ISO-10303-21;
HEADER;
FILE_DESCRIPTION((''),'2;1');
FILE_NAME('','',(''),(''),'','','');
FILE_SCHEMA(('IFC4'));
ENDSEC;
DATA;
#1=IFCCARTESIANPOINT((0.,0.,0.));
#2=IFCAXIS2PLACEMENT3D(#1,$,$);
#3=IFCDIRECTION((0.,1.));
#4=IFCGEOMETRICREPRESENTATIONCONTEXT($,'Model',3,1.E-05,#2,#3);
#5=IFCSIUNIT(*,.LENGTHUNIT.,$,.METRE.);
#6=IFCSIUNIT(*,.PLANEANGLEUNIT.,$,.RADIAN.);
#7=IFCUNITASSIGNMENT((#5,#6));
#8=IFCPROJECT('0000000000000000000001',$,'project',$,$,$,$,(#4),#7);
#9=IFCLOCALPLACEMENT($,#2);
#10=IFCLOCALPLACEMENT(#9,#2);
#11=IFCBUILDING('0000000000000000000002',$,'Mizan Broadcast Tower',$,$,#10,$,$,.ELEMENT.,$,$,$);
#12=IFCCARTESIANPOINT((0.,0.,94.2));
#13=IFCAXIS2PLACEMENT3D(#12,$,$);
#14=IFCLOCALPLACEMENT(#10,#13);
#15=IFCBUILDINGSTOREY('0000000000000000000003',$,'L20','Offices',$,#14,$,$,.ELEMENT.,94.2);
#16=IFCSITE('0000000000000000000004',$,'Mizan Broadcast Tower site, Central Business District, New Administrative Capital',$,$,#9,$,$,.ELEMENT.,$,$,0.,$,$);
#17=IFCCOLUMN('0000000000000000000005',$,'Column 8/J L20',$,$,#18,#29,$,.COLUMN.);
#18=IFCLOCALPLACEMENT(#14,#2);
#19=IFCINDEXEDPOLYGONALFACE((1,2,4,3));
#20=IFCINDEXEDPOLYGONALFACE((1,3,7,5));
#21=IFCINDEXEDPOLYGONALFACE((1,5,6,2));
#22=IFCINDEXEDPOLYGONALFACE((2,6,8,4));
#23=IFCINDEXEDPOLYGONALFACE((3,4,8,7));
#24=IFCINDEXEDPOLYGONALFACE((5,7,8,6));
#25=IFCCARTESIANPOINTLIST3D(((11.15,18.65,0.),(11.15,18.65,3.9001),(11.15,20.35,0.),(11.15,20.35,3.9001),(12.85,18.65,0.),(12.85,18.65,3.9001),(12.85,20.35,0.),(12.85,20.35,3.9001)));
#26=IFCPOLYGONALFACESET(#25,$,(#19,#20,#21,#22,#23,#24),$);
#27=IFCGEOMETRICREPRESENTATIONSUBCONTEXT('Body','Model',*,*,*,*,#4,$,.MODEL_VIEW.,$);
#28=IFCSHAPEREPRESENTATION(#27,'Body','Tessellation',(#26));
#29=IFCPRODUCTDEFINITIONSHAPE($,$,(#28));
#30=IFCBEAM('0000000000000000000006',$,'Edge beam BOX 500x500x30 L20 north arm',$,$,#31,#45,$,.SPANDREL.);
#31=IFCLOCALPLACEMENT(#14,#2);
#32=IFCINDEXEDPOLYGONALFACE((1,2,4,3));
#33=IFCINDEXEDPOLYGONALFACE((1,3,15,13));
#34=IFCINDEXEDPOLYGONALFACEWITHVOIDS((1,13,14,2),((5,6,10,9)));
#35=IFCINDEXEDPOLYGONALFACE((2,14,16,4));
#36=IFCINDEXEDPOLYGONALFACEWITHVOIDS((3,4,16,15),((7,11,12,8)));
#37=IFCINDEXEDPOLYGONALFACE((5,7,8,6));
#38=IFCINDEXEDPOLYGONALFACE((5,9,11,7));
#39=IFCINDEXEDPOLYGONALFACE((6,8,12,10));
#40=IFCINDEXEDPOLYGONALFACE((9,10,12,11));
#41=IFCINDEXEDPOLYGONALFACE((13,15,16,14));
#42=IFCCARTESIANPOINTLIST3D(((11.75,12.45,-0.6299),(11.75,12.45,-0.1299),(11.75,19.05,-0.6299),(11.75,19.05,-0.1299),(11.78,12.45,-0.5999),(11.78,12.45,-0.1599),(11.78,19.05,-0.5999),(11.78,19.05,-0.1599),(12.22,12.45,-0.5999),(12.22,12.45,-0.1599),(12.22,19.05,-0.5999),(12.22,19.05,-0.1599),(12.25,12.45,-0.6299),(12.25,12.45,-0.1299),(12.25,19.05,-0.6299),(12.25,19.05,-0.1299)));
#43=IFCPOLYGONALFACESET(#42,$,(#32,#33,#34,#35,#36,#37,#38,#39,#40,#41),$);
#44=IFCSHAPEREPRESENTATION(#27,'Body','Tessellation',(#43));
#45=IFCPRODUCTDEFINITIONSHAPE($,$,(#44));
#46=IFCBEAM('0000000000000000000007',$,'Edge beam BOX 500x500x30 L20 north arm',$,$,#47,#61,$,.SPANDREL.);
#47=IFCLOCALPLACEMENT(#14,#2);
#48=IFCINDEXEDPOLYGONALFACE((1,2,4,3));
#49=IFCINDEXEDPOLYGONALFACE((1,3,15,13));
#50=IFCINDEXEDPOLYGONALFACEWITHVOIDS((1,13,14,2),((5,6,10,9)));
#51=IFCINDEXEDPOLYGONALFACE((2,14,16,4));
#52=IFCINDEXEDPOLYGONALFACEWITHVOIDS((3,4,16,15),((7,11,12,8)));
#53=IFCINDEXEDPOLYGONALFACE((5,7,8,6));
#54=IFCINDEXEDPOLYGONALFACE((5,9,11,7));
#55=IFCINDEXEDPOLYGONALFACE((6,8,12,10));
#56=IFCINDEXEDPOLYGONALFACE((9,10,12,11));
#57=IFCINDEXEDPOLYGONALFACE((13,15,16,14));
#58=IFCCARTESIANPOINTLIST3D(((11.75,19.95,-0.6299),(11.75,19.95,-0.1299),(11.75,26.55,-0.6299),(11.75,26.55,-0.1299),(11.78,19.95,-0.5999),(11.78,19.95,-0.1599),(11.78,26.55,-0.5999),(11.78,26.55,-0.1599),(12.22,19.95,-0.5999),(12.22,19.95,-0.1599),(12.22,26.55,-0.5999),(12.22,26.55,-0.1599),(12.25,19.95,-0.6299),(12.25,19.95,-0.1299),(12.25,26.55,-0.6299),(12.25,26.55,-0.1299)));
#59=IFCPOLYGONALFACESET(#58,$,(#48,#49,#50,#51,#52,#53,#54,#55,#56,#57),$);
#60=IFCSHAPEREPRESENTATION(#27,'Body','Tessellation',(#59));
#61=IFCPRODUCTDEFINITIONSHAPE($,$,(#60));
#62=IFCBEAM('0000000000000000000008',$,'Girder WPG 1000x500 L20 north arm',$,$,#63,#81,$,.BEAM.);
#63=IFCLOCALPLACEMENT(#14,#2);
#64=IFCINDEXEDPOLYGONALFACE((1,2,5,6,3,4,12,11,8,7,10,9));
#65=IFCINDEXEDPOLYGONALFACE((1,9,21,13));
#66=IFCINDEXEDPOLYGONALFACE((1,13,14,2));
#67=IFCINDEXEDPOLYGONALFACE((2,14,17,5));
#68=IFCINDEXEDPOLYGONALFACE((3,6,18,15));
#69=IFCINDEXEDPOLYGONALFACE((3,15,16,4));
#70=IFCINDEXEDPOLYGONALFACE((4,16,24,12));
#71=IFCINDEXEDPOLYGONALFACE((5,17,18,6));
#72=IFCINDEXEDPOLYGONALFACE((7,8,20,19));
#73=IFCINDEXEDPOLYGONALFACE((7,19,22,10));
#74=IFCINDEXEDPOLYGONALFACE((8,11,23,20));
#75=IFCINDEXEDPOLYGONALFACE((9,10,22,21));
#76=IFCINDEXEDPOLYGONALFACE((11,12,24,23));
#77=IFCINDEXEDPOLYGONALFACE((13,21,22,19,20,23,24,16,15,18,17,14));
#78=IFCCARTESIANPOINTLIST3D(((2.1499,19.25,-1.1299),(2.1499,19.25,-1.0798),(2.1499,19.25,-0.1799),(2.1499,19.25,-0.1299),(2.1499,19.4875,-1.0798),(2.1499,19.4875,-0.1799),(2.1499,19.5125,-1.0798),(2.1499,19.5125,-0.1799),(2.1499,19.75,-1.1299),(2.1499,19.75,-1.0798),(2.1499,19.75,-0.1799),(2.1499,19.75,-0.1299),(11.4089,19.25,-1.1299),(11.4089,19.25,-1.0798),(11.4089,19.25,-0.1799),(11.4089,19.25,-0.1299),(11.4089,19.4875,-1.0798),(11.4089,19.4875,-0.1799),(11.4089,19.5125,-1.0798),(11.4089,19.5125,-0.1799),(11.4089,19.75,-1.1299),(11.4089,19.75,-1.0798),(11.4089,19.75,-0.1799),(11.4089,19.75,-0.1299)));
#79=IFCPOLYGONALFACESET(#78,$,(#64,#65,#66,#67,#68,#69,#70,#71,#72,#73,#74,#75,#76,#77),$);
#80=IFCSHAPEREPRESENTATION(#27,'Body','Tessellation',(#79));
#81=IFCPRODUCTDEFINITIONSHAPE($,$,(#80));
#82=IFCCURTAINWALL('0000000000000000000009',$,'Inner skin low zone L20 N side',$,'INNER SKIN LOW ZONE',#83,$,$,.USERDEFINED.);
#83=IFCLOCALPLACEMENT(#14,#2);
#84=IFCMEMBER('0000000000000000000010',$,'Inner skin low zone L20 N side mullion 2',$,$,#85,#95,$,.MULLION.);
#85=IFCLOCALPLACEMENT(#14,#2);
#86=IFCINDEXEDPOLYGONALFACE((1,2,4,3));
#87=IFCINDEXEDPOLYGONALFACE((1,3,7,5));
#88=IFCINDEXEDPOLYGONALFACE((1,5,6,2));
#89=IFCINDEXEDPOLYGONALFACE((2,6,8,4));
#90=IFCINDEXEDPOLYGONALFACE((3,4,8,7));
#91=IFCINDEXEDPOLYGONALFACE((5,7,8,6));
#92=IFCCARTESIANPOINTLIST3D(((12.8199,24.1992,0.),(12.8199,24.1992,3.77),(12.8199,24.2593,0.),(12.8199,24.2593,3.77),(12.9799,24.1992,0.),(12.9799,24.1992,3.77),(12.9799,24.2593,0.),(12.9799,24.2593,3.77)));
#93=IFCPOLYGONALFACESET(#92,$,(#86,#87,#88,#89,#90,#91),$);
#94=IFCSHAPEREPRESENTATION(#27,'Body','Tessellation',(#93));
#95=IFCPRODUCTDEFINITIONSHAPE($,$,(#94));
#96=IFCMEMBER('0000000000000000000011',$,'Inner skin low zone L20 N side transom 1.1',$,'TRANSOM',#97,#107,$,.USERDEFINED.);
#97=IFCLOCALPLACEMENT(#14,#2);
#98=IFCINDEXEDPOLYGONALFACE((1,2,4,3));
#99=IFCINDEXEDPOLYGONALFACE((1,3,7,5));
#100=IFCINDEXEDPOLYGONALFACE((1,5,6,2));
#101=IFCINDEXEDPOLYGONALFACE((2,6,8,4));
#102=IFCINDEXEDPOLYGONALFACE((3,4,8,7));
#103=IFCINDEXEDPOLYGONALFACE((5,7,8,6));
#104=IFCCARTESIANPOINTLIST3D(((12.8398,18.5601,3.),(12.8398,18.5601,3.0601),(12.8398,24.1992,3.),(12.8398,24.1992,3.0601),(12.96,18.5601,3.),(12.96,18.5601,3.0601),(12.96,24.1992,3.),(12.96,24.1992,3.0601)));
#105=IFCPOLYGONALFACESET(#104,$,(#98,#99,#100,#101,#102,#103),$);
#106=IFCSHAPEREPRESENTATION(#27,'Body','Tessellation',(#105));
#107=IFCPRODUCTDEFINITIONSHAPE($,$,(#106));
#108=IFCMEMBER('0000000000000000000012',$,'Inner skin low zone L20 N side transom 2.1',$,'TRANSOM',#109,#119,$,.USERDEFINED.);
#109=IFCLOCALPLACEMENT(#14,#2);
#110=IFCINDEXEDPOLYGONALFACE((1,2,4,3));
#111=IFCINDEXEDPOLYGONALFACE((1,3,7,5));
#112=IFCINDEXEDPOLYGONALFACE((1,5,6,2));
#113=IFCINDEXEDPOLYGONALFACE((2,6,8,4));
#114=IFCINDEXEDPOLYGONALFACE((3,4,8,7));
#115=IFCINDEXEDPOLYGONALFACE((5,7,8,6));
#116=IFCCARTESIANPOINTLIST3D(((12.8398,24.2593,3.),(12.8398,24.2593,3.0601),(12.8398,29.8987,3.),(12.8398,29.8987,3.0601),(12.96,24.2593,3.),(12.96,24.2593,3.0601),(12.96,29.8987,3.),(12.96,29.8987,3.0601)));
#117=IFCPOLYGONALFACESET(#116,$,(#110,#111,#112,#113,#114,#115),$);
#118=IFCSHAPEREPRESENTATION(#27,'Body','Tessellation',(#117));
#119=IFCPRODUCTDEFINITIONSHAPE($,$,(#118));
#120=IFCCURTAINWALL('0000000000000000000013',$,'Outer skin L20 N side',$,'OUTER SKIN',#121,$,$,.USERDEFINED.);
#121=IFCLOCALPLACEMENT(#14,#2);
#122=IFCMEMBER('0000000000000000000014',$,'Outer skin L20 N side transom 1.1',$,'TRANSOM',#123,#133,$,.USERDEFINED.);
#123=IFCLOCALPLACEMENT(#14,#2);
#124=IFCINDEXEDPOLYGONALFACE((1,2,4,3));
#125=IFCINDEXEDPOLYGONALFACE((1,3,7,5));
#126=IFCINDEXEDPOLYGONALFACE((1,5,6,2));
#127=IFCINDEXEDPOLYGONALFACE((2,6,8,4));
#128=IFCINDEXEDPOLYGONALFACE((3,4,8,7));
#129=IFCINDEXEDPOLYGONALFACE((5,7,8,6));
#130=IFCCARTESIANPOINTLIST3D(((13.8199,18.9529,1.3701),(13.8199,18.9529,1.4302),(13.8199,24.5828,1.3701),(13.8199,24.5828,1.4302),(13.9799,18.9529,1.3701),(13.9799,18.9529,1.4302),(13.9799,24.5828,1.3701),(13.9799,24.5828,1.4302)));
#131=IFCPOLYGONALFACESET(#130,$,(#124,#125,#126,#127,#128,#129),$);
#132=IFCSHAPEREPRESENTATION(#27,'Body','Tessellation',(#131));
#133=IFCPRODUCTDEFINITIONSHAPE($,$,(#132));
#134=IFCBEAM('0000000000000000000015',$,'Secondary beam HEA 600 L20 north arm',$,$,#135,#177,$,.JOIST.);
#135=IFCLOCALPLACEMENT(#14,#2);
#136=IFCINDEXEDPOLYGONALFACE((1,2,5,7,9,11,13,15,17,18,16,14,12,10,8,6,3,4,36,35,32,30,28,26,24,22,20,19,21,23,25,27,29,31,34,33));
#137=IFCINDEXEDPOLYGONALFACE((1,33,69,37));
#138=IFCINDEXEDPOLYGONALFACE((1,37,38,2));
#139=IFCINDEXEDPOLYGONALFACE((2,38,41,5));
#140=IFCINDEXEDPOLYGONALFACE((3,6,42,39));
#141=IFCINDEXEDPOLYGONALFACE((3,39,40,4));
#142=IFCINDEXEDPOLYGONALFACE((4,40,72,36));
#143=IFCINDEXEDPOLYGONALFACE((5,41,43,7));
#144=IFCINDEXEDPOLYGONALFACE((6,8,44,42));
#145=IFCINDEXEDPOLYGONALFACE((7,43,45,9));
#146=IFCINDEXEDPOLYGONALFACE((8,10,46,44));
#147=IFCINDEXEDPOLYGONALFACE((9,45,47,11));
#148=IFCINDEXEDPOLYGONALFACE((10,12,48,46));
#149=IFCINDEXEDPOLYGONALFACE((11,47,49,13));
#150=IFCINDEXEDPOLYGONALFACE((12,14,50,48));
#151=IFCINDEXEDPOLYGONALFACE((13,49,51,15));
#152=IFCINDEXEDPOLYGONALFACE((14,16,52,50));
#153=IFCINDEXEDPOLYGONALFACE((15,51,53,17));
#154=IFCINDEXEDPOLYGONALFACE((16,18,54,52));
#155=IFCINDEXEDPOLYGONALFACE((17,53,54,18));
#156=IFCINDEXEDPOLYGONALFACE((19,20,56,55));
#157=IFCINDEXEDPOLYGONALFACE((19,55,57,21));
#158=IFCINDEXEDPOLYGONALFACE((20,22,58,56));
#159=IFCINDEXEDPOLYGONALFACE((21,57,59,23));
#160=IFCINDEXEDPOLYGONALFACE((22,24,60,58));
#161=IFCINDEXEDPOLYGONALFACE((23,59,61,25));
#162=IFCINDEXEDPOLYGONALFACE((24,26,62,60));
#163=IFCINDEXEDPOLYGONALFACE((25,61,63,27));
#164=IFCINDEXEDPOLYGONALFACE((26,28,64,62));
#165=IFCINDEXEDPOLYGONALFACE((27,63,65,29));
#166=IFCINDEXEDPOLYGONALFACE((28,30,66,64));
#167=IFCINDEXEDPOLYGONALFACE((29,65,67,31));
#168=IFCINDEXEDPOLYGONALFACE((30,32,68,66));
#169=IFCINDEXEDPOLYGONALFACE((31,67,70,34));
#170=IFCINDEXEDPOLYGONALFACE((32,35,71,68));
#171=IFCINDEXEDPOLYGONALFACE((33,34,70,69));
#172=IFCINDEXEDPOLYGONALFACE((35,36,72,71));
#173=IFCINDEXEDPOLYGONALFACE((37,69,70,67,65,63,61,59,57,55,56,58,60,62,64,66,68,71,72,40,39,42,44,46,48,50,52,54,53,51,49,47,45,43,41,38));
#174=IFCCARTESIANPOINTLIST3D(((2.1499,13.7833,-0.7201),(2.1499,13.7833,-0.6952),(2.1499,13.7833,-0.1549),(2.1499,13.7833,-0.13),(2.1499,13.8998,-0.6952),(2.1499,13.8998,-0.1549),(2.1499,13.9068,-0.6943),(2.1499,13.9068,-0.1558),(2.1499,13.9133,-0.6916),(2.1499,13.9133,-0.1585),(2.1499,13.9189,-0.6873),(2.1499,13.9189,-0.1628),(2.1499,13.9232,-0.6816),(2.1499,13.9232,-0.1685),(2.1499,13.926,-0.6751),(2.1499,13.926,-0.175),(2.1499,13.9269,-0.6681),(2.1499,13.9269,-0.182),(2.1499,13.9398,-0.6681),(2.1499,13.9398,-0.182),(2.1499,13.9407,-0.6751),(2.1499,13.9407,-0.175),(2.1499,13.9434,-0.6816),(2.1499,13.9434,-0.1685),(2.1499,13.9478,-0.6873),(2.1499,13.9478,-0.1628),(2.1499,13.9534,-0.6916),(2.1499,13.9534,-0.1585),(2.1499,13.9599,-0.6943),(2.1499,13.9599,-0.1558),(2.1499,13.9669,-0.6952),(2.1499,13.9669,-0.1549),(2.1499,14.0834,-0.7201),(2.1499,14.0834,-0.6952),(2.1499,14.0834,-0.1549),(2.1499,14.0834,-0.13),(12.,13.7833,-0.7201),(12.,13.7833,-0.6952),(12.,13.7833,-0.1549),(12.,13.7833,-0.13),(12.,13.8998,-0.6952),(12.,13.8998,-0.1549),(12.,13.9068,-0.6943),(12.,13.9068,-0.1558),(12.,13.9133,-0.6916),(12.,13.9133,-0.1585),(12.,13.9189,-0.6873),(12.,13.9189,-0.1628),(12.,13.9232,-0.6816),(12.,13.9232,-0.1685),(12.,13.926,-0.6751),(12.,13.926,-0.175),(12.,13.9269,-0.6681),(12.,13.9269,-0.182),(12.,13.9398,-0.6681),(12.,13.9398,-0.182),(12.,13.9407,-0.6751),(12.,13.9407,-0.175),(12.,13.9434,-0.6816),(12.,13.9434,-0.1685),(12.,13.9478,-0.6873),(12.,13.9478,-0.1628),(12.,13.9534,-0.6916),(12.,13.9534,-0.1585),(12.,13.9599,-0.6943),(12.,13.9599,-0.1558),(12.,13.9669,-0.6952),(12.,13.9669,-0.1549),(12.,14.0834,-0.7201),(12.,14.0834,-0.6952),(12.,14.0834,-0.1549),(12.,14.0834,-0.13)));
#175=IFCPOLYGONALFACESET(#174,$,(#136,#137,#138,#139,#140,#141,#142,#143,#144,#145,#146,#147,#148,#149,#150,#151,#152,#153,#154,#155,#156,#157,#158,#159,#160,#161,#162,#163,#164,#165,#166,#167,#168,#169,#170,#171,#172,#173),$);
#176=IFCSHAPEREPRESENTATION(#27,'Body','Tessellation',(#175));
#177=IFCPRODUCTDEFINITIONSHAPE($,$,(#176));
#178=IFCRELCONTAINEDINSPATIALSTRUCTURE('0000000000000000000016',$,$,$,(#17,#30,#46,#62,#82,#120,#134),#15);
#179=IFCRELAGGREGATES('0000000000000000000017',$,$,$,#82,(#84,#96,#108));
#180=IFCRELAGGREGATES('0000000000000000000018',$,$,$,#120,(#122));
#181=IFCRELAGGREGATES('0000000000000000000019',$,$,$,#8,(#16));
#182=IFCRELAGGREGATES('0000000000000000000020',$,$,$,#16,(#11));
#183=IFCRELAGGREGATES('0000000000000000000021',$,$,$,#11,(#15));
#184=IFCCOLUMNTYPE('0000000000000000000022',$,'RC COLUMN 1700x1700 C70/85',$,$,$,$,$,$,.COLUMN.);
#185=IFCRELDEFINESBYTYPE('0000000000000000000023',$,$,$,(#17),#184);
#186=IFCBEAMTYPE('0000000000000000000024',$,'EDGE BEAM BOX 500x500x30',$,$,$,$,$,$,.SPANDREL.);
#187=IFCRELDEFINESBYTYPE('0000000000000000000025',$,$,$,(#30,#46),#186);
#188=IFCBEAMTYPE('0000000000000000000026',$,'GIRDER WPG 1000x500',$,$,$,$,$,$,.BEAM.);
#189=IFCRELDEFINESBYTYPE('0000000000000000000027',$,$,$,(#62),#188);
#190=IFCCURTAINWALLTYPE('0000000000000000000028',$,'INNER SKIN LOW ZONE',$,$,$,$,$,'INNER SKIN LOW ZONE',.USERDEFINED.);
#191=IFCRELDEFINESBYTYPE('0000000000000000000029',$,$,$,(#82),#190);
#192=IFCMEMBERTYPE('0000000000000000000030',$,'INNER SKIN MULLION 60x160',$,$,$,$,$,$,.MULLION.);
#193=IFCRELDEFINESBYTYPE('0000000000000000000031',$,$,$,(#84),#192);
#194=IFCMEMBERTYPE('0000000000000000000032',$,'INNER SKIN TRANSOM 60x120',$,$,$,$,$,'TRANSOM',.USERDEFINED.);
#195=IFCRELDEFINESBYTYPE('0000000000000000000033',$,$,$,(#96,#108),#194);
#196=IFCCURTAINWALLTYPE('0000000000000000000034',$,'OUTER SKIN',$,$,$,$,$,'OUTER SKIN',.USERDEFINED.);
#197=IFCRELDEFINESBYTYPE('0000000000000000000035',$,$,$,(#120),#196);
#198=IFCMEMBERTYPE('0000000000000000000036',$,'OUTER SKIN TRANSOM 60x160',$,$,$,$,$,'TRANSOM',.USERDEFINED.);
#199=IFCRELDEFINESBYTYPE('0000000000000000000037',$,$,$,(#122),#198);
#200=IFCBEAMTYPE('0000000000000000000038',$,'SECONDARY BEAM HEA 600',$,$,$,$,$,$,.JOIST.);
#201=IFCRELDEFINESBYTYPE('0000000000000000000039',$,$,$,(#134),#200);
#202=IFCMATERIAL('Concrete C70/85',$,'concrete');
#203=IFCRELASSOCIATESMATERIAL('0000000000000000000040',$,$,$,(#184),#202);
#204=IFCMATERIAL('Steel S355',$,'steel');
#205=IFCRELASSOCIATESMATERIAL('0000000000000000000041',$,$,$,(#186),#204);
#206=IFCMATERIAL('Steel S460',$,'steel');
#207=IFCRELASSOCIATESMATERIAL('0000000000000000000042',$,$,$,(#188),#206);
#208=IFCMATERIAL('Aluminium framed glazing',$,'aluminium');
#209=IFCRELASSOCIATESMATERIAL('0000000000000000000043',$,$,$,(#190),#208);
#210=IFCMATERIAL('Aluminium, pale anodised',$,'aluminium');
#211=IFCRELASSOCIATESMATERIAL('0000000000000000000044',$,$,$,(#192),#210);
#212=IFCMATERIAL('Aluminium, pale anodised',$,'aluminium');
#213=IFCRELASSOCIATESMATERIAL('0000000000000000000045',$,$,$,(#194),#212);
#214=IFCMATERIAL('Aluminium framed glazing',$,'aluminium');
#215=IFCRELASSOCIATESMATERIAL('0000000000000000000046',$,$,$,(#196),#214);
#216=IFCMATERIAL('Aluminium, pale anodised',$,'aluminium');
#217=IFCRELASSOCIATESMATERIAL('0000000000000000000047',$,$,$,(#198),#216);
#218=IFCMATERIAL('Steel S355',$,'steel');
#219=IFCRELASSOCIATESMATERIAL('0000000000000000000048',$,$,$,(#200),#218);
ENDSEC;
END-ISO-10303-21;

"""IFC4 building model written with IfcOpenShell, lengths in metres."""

from ifc_helpers import new_model, si_unit, direction, frame, origin, origin_2d, place, context, subcontext, project, spatial, rectangle, hollow_rectangle, i_section, extrude, material, material_profile, profile_set, type_object, element, aggregate, save


model = new_model("IFC4")

# Units and contexts
model_context = context("Model", 3, precision=1e-05, world=origin(), true_north=direction((0.0, 1.0)))
body_context = subcontext(model_context, "Body", "Model", "MODEL_VIEW")
ifc_project = project(units=[si_unit("LENGTHUNIT", "METRE"), si_unit("PLANEANGLEUNIT", "RADIAN")], contexts=[model_context])

# Site, building, storey
site_placement = place(None, origin())
site = spatial("IfcSite", under=ifc_project, at=site_placement, Name="Mizan Broadcast Tower site, Central Business District, New Administrative Capital", CompositionType="ELEMENT", RefElevation=0.0)
building_placement = place(site_placement, origin())
building = spatial("IfcBuilding", under=site, at=building_placement, Name="Mizan Broadcast Tower", CompositionType="ELEMENT")
storey_placement = place(building_placement, frame((0.0, 0.0, 94.2)))
storey = spatial("IfcBuildingStorey", under=building, at=storey_placement, Name="L20", Description="Offices", CompositionType="ELEMENT", Elevation=94.2)

# Column
ifc_material_1 = material(Name="Concrete C70/85", Category="concrete")
ifc_material_profile_1 = material_profile(ifc_material_1, rectangle(XDim=1.7, YDim=1.7, at=origin_2d()), Name="RC 1700x1700")
ifc_profile_set_1 = profile_set([ifc_material_profile_1], Name="Concrete C70/85")
column_type = type_object("IfcColumnType", Name="RC COLUMN 1700x1700 C70/85", PredefinedType="COLUMN", material=ifc_profile_set_1)
column_placement = place(storey_placement, frame((12.0, 19.5, 0.0), z_axis=(0.0, 0.0, 1.0), x_axis=(1.0, 0.0, 0.0)))
element("IfcColumn", 1, at=column_placement, inside=storey, type_object=column_type, Name="Column 8/J L20", PredefinedType="COLUMN", context=body_context, shape_type="SweptSolid", body=[
    extrude(rectangle(XDim=1.7, YDim=1.7, at=origin_2d()), origin(), (0.0, 0.0, 1.0), 3.9001),
])

# Beams
ifc_material_2 = material(Name="Steel S355", Category="steel")
ifc_material_profile_2 = material_profile(ifc_material_2, hollow_rectangle(XDim=0.5, YDim=0.5, WallThickness=0.03, at=origin_2d()), Name="BOX 500x500x30")
ifc_profile_set_2 = profile_set([ifc_material_profile_2], Name="Steel S355")
beam_type_1 = type_object("IfcBeamType", Name="EDGE BEAM BOX 500x500x30", PredefinedType="SPANDREL", material=ifc_profile_set_2)
for number, where, z_axis, x_axis, name in (
    (2, (12.0, 12.45, -0.3799), (0.0, 1.0, 0.0), (-1.0, 0.0, 0.0), "Edge beam BOX 500x500x30 L20 north arm"),
    (3, (12.0, 19.95, -0.3799), (0.0, 1.0, 0.0), (-1.0, 0.0, 0.0), "Edge beam BOX 500x500x30 L20 north arm"),
):
    element("IfcBeam", number, at=place(storey_placement, frame(where, z_axis=z_axis, x_axis=x_axis)), inside=storey, type_object=beam_type_1, Name=name, PredefinedType="SPANDREL", context=body_context, shape_type="SweptSolid", body=[
        extrude(hollow_rectangle(XDim=0.5, YDim=0.5, WallThickness=0.03, at=origin_2d()), origin(), (0.0, 0.0, 1.0), 6.6001),
    ])
ifc_material_3 = material(Name="Steel S460", Category="steel")
ifc_material_profile_3 = material_profile(ifc_material_3, i_section(OverallWidth=0.5, OverallDepth=1.0, WebThickness=0.0249, FlangeThickness=0.05, at=origin_2d()), Name="WPG 1000x500")
ifc_profile_set_3 = profile_set([ifc_material_profile_3], Name="Steel S460")
beam_type_2 = type_object("IfcBeamType", Name="GIRDER WPG 1000x500", PredefinedType="BEAM", material=ifc_profile_set_3)
beam_placement = place(storey_placement, frame((11.4089, 19.5, -0.6299), z_axis=(-1.0, 0.0, 0.0), x_axis=(0.0, -1.0, 0.0)))
element("IfcBeam", 4, at=beam_placement, inside=storey, type_object=beam_type_2, Name="Girder WPG 1000x500 L20 north arm", PredefinedType="BEAM", context=body_context, shape_type="SweptSolid", body=[
    extrude(i_section(OverallWidth=0.5, OverallDepth=1.0, WebThickness=0.0249, FlangeThickness=0.05, at=origin_2d()), origin(), (0.0, 0.0, 1.0), 9.259),
])

# Curtain wall, members
ifc_material_4 = material(Name="Aluminium framed glazing", Category="aluminium")
curtain_wall_type_1 = type_object("IfcCurtainWallType", Name="INNER SKIN LOW ZONE", ElementType="INNER SKIN LOW ZONE", PredefinedType="USERDEFINED", material=ifc_material_4)
curtain_wall_1_placement = place(storey_placement, origin())
curtain_wall_1 = element("IfcCurtainWall", 5, at=curtain_wall_1_placement, inside=storey, type_object=curtain_wall_type_1, Name="Inner skin low zone L20 N side", ObjectType="INNER SKIN LOW ZONE", PredefinedType="USERDEFINED")
ifc_material_5 = material(Name="Aluminium, pale anodised", Category="aluminium")
ifc_material_profile_4 = material_profile(ifc_material_5, rectangle(XDim=0.1599, YDim=0.0601, at=origin_2d()), Name="MULLION 160x60")
ifc_profile_set_4 = profile_set([ifc_material_profile_4], Name="Aluminium, pale anodised")
member_type_1 = type_object("IfcMemberType", Name="INNER SKIN MULLION 60x160", PredefinedType="MULLION", material=ifc_profile_set_4)
member_1_placement = place(storey_placement, frame((12.8999, 24.2292, 0.0), z_axis=(0.0, 0.0, 1.0), x_axis=(-1.0, 0.0, 0.0)))
member_1 = element("IfcMember", 6, at=member_1_placement, type_object=member_type_1, Name="Inner skin low zone L20 N side mullion 2", PredefinedType="MULLION", context=body_context, shape_type="SweptSolid", body=[
    extrude(rectangle(XDim=0.1599, YDim=0.0601, at=origin_2d()), origin(), (0.0, 0.0, 1.0), 3.77),
])
ifc_material_6 = material(Name="Aluminium, pale anodised", Category="aluminium")
ifc_material_profile_5 = material_profile(ifc_material_6, rectangle(XDim=0.1201, YDim=0.0601, at=origin_2d()), Name="TRANSOM 120x60")
ifc_profile_set_5 = profile_set([ifc_material_profile_5], Name="Aluminium, pale anodised")
member_type_2 = type_object("IfcMemberType", Name="INNER SKIN TRANSOM 60x120", ElementType="TRANSOM", PredefinedType="USERDEFINED", material=ifc_profile_set_5)
member_2_placement = place(storey_placement, frame((12.8999, 18.5601, 3.03), z_axis=(0.0, 1.0, 0.0), x_axis=(-1.0, 0.0, 0.0)))
member_2 = element("IfcMember", 7, at=member_2_placement, type_object=member_type_2, Name="Inner skin low zone L20 N side transom 1.1", ObjectType="TRANSOM", PredefinedType="USERDEFINED", context=body_context, shape_type="SweptSolid", body=[
    extrude(rectangle(XDim=0.1201, YDim=0.0601, at=origin_2d()), origin(), (0.0, 0.0, 1.0), 5.6392),
])
member_3_placement = place(storey_placement, frame((12.8999, 24.2593, 3.03), z_axis=(0.0, 1.0, 0.0), x_axis=(-1.0, 0.0, 0.0)))
member_3 = element("IfcMember", 8, at=member_3_placement, type_object=member_type_2, Name="Inner skin low zone L20 N side transom 2.1", ObjectType="TRANSOM", PredefinedType="USERDEFINED", context=body_context, shape_type="SweptSolid", body=[
    extrude(rectangle(XDim=0.1201, YDim=0.0601, at=origin_2d()), origin(), (0.0, 0.0, 1.0), 5.6394),
])

# Curtain wall, member
ifc_material_7 = material(Name="Aluminium framed glazing", Category="aluminium")
curtain_wall_type_2 = type_object("IfcCurtainWallType", Name="OUTER SKIN", ElementType="OUTER SKIN", PredefinedType="USERDEFINED", material=ifc_material_7)
curtain_wall_2_placement = place(storey_placement, origin())
curtain_wall_2 = element("IfcCurtainWall", 9, at=curtain_wall_2_placement, inside=storey, type_object=curtain_wall_type_2, Name="Outer skin L20 N side", ObjectType="OUTER SKIN", PredefinedType="USERDEFINED")
ifc_material_8 = material(Name="Aluminium, pale anodised", Category="aluminium")
ifc_material_profile_6 = material_profile(ifc_material_8, rectangle(XDim=0.1599, YDim=0.0601, at=origin_2d()), Name="TRANSOM 160x60")
ifc_profile_set_6 = profile_set([ifc_material_profile_6], Name="Aluminium, pale anodised")
member_type_3 = type_object("IfcMemberType", Name="OUTER SKIN TRANSOM 60x160", ElementType="TRANSOM", PredefinedType="USERDEFINED", material=ifc_profile_set_6)
member_4_placement = place(storey_placement, frame((13.8999, 18.9529, 1.4001), z_axis=(0.0, 1.0, 0.0), x_axis=(-1.0, 0.0, 0.0)))
member_4 = element("IfcMember", 10, at=member_4_placement, type_object=member_type_3, Name="Outer skin L20 N side transom 1.1", ObjectType="TRANSOM", PredefinedType="USERDEFINED", context=body_context, shape_type="SweptSolid", body=[
    extrude(rectangle(XDim=0.1599, YDim=0.0601, at=origin_2d()), origin(), (0.0, 0.0, 1.0), 5.6299),
])

# Beam
ifc_material_9 = material(Name="Steel S355", Category="steel")
ifc_material_profile_7 = material_profile(ifc_material_9, i_section(OverallWidth=0.3, OverallDepth=0.5901, WebThickness=0.0129, FlangeThickness=0.0249, FilletRadius=0.0271, at=origin_2d()), Name="HEA 600")
ifc_profile_set_7 = profile_set([ifc_material_profile_7], Name="Steel S355")
beam_type_3 = type_object("IfcBeamType", Name="SECONDARY BEAM HEA 600", PredefinedType="JOIST", material=ifc_profile_set_7)
for number, where, z_axis, x_axis, name in (
    (11, (12.0, 13.9333, -0.425), (-1.0, 0.0, 0.0), (0.0, -1.0, 0.0), "Secondary beam HEA 600 L20 north arm"),
):
    element("IfcBeam", number, at=place(storey_placement, frame(where, z_axis=z_axis, x_axis=x_axis)), inside=storey, type_object=beam_type_3, Name=name, PredefinedType="JOIST", context=body_context, shape_type="SweptSolid", body=[
        extrude(i_section(OverallWidth=0.3, OverallDepth=0.5901, WebThickness=0.0129, FlangeThickness=0.0249, FilletRadius=0.0271, at=origin_2d()), origin(), (0.0, 0.0, 1.0), 9.8501),
    ])

aggregate(curtain_wall_1, [member_1, member_2, member_3])
aggregate(curtain_wall_2, [member_4])

save(model, "model.ifc")
